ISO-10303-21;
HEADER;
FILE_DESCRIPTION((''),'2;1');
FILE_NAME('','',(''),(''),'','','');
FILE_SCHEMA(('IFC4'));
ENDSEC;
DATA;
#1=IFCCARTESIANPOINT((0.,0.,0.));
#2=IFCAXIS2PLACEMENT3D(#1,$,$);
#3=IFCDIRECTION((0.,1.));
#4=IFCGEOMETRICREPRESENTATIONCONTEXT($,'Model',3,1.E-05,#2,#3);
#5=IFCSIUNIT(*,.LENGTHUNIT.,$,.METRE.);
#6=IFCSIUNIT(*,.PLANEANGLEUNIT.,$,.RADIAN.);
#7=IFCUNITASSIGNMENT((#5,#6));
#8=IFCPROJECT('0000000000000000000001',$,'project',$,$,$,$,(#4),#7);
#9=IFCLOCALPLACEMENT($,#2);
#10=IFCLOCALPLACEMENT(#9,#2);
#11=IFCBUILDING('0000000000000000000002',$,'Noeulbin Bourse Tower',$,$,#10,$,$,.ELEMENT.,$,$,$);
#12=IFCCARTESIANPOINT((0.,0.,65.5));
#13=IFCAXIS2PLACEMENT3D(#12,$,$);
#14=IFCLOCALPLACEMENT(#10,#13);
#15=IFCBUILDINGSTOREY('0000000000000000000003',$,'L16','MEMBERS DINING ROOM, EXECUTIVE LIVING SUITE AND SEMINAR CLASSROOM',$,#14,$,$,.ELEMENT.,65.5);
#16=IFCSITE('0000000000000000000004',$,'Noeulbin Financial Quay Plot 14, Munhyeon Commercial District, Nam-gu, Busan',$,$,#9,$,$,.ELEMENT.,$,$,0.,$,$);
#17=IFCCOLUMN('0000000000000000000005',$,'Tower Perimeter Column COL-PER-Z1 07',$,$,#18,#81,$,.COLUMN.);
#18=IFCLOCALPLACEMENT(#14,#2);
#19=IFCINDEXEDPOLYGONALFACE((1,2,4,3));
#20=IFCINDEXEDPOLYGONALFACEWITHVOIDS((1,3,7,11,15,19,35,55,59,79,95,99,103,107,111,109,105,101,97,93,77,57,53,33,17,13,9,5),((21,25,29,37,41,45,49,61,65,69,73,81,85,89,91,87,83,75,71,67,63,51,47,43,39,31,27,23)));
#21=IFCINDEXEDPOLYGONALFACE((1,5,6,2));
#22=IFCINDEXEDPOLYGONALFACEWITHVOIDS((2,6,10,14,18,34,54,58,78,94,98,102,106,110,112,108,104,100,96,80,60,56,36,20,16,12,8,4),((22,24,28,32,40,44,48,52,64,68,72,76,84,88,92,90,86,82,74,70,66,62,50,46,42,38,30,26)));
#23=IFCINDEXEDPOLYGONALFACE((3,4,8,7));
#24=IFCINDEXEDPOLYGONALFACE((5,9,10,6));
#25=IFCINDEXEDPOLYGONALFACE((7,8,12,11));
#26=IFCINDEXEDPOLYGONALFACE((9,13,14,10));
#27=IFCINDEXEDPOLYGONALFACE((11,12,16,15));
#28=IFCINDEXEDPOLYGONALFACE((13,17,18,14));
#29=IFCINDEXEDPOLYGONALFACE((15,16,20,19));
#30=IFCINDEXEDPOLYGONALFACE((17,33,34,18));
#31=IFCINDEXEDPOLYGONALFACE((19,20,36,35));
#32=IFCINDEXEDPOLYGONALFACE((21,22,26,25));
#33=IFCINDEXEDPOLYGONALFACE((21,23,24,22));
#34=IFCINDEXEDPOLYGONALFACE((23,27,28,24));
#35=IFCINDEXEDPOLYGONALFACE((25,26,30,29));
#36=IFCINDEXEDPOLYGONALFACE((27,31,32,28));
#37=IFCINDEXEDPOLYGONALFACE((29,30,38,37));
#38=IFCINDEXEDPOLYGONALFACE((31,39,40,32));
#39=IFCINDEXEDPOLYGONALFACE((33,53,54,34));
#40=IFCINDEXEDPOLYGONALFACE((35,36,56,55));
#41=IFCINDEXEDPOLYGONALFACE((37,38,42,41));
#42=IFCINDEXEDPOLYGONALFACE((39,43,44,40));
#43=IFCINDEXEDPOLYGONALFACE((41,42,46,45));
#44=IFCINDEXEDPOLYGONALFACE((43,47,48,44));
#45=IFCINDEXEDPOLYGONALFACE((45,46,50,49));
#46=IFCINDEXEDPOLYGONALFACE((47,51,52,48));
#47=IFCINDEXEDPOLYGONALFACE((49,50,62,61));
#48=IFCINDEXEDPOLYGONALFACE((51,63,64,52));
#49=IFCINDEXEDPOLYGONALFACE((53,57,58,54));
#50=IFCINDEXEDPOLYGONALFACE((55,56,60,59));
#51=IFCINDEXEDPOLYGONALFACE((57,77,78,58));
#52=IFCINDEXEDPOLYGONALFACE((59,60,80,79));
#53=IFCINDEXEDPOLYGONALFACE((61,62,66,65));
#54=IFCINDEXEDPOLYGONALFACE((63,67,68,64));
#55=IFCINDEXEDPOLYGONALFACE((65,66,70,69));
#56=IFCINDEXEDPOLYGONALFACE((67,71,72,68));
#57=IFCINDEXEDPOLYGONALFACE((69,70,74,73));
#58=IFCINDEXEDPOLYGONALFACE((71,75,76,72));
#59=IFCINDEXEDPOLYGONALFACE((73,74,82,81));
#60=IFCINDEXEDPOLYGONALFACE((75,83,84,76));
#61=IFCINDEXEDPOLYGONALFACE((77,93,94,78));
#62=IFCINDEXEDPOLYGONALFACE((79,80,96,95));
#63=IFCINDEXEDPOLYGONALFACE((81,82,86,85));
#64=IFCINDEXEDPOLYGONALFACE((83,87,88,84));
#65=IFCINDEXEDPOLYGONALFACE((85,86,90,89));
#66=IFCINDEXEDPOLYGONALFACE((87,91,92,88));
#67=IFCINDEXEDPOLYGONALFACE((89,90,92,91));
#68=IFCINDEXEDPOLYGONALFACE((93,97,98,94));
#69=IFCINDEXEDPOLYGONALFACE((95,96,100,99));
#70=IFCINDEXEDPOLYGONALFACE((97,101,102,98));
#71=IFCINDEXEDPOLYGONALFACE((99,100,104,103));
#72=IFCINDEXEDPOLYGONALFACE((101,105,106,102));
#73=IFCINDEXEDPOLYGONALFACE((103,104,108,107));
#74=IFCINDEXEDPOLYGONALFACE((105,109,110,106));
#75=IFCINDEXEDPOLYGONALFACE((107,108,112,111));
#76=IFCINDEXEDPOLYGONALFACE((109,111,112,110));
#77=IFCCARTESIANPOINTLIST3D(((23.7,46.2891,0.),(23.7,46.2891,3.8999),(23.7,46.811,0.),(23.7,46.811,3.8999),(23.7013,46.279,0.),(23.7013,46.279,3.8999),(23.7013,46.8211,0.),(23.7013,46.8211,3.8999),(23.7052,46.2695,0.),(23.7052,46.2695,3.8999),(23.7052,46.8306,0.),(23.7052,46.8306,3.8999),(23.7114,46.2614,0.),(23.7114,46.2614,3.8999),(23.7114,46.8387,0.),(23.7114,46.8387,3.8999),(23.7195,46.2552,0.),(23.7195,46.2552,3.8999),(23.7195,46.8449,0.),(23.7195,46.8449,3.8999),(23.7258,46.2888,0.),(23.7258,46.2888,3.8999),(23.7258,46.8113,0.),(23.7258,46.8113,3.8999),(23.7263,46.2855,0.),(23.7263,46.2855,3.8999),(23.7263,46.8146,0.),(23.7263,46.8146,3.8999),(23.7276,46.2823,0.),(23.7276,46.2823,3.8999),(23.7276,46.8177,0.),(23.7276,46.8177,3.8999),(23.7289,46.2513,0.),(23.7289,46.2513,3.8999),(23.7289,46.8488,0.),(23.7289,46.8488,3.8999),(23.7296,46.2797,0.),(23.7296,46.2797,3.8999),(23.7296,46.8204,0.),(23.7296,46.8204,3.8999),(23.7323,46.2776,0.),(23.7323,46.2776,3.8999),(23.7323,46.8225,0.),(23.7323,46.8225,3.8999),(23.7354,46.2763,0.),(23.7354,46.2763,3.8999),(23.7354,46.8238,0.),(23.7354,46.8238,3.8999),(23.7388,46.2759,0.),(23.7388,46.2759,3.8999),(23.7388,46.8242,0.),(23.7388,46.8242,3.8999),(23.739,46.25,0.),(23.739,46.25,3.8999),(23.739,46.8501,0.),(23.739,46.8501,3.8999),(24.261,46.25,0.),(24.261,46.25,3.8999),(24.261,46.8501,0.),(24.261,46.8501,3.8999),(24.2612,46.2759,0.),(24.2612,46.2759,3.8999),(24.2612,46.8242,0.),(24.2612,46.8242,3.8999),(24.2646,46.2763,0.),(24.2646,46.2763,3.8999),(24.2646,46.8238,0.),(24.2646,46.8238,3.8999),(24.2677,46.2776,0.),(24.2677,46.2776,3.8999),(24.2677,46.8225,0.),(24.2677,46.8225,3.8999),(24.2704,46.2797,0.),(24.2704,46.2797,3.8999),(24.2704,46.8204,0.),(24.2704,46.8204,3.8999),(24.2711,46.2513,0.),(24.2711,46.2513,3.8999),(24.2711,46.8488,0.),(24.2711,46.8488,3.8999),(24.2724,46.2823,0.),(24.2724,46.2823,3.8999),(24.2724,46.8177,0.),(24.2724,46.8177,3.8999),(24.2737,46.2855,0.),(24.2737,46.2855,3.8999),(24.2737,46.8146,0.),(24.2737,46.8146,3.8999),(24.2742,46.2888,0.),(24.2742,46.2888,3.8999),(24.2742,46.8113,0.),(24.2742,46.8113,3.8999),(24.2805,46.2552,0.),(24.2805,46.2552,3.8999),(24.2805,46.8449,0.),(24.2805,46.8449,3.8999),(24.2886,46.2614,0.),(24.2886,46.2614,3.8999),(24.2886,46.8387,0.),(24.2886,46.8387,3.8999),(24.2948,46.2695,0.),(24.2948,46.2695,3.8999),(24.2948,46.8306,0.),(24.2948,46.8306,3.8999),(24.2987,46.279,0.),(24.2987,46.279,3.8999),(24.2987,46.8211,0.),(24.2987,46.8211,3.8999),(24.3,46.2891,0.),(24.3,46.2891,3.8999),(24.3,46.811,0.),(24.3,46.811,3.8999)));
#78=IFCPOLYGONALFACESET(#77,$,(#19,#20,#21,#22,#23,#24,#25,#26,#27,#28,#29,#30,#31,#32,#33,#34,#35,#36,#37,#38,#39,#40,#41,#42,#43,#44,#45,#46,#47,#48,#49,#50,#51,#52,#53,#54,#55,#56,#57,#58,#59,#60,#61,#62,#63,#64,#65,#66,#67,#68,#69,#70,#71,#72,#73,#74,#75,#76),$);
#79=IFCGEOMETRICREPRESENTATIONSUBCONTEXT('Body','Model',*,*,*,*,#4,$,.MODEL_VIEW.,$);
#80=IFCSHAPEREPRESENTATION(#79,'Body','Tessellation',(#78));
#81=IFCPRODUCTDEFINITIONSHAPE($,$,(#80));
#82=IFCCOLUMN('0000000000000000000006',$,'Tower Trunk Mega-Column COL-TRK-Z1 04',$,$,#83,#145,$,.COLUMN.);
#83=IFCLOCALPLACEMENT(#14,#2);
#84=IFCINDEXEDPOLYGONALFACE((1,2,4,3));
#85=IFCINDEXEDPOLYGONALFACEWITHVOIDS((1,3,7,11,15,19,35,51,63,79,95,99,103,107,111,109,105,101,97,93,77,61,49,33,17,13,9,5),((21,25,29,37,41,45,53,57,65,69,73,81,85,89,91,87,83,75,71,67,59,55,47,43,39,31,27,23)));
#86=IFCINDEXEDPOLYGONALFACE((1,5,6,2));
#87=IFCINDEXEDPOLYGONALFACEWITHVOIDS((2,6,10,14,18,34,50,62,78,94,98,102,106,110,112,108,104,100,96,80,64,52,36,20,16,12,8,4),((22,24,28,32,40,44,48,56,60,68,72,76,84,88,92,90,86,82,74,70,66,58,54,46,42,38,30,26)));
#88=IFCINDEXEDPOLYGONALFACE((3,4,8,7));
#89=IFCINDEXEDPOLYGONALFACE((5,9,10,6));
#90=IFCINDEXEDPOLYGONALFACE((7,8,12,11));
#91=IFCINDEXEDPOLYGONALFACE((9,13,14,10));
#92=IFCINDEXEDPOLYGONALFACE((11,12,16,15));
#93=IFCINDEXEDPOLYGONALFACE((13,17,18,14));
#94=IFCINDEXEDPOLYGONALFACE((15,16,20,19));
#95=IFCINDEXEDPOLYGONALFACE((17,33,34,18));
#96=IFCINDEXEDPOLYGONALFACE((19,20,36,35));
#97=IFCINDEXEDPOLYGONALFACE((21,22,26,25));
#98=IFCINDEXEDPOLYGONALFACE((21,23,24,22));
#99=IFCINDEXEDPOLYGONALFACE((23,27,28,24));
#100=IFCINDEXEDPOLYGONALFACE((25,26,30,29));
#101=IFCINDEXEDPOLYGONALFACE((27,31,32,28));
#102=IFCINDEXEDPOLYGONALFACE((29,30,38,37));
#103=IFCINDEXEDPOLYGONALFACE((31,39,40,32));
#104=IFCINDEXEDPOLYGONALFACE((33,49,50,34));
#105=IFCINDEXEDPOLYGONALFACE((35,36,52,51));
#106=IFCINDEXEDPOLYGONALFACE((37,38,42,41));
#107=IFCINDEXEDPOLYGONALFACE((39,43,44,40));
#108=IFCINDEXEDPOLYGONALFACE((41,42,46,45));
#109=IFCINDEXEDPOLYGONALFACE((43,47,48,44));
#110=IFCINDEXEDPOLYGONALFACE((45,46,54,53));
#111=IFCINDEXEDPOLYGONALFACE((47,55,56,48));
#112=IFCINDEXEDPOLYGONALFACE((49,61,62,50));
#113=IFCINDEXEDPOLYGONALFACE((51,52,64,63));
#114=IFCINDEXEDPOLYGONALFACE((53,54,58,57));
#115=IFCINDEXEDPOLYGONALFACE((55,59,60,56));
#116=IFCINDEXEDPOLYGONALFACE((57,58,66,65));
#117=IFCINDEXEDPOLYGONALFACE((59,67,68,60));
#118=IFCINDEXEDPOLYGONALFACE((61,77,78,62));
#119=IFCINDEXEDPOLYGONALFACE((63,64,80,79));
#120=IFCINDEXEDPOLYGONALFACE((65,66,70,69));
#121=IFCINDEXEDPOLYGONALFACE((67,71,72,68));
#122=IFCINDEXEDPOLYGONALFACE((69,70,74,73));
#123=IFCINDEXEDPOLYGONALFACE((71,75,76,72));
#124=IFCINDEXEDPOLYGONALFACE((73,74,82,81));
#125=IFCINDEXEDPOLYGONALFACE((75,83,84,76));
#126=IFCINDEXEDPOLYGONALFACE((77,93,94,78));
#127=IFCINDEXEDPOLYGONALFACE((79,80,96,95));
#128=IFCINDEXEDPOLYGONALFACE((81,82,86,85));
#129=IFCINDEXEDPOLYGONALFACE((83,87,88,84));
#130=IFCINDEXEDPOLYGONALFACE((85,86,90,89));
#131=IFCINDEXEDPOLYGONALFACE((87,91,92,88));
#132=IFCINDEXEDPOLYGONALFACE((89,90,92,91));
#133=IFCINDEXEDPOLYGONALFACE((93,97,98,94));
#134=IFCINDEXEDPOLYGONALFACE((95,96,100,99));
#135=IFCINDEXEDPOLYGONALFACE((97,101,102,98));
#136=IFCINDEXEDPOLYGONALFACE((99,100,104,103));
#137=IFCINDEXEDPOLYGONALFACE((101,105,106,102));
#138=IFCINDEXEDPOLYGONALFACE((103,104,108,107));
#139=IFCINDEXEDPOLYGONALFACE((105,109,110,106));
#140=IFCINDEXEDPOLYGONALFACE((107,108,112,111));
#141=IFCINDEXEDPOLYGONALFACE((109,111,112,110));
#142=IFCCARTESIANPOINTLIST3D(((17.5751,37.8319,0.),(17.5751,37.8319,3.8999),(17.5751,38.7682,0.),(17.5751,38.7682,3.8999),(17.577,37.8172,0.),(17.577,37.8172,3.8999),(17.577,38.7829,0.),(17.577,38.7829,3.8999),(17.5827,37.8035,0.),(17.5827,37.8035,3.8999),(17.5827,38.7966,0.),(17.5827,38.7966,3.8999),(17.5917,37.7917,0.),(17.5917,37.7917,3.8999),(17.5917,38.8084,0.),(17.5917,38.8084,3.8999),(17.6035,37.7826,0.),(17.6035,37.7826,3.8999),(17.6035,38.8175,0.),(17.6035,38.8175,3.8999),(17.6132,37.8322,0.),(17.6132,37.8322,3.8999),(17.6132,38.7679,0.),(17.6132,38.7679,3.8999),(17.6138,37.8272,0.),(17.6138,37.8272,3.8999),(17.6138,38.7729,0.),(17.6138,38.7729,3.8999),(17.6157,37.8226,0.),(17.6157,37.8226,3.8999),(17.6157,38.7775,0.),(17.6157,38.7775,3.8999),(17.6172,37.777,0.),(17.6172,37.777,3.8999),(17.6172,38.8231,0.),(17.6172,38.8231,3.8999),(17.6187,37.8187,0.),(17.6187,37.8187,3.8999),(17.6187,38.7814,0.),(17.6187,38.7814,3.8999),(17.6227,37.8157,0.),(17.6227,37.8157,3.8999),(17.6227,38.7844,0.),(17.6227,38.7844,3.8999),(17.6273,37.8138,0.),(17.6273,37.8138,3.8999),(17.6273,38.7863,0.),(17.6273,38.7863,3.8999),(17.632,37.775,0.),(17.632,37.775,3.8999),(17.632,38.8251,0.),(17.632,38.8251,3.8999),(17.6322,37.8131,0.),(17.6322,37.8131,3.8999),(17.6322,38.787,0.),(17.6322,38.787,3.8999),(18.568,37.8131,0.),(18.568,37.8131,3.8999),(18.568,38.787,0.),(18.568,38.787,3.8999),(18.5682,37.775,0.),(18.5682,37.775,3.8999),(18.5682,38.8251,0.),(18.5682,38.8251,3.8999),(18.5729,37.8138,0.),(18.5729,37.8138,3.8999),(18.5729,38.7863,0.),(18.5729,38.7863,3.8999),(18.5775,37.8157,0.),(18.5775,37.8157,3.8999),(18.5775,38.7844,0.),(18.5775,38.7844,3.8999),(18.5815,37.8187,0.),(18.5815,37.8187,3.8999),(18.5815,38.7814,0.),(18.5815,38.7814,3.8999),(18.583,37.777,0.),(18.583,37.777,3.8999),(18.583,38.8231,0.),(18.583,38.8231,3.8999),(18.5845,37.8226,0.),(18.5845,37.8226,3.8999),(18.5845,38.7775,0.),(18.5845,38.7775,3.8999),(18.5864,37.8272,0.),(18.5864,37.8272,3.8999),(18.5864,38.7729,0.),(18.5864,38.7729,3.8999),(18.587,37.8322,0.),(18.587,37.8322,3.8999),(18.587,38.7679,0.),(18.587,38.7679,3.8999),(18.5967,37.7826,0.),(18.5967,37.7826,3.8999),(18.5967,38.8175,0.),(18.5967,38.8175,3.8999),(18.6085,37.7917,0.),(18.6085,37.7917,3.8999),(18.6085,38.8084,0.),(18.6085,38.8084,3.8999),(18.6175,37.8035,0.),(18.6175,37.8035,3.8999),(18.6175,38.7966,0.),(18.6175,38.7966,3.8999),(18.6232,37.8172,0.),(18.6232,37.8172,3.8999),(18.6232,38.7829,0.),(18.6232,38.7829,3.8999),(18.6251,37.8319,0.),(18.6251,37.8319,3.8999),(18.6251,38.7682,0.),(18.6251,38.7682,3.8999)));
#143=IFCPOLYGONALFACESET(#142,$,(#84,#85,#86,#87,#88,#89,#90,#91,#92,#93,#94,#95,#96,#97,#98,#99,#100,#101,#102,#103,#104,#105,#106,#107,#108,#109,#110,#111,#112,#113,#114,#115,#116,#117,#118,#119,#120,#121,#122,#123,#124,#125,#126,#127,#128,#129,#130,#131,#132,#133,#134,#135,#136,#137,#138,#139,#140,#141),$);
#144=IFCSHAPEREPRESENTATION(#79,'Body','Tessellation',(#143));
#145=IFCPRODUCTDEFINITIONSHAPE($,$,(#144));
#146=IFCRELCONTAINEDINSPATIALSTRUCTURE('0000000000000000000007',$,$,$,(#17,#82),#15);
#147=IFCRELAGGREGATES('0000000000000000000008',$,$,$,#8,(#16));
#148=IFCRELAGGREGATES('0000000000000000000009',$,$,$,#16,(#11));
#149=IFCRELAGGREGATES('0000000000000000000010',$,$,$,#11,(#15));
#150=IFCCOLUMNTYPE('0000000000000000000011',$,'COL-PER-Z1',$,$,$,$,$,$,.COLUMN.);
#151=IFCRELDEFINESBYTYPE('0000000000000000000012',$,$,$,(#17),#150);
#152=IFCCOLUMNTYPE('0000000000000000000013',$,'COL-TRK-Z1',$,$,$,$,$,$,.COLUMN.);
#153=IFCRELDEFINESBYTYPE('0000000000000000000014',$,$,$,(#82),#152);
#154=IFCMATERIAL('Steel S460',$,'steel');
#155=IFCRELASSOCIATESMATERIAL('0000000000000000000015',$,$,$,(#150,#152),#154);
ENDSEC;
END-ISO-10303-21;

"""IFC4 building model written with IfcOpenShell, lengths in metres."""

from ifc_helpers import new_model, si_unit, direction, frame, origin, origin_2d, place, context, subcontext, project, spatial, hollow_rectangle, extrude, material, material_profile, profile_set, type_object, element, save


model = new_model("IFC4")

# Units and contexts
model_context = context("Model", 3, precision=1e-05, world=origin(), true_north=direction((0.0, 1.0)))
body_context = subcontext(model_context, "Body", "Model", "MODEL_VIEW")
ifc_project = project(units=[si_unit("LENGTHUNIT", "METRE"), si_unit("PLANEANGLEUNIT", "RADIAN")], contexts=[model_context])

# Site, building, storey
site_placement = place(None, origin())
site = spatial("IfcSite", under=ifc_project, at=site_placement, Name="Noeulbin Financial Quay Plot 14, Munhyeon Commercial District, Nam-gu, Busan", CompositionType="ELEMENT", RefElevation=0.0)
building_placement = place(site_placement, origin())
building = spatial("IfcBuilding", under=site, at=building_placement, Name="Noeulbin Bourse Tower", CompositionType="ELEMENT")
storey_placement = place(building_placement, frame((0.0, 0.0, 65.5)))
storey = spatial("IfcBuildingStorey", under=building, at=storey_placement, Name="L16", Description="MEMBERS DINING ROOM, EXECUTIVE LIVING SUITE AND SEMINAR CLASSROOM", CompositionType="ELEMENT", Elevation=65.5)

# Columns
ifc_material_1 = material(Name="Steel S460", Category="steel")
ifc_material_profile_1 = material_profile(ifc_material_1, hollow_rectangle(XDim=0.6001, YDim=0.6001, WallThickness=0.0259, InnerFilletRadius=0.0129, OuterFilletRadius=0.0391, at=origin_2d()), Name="BOX-600x600x26", Category="LoadBearing")
ifc_profile_set_1 = profile_set([ifc_material_profile_1], Name="Steel S460")
column_type_1 = type_object("IfcColumnType", Name="COL-PER-Z1", PredefinedType="COLUMN", material=ifc_profile_set_1)
column_placement = place(storey_placement, frame((24.0, 46.55, 0.0), z_axis=(0.0, 0.0, 1.0), x_axis=(1.0, 0.0, 0.0)))
element("IfcColumn", 1, at=column_placement, inside=storey, type_object=column_type_1, Name="Tower Perimeter Column COL-PER-Z1 07", PredefinedType="COLUMN", context=body_context, shape_type="SweptSolid", body=[
    extrude(hollow_rectangle(XDim=0.6001, YDim=0.6001, WallThickness=0.0259, InnerFilletRadius=0.0129, OuterFilletRadius=0.0391, at=origin_2d()), origin(), (0.0, 0.0, 1.0), 3.8999),
])
ifc_material_profile_2 = material_profile(ifc_material_1, hollow_rectangle(XDim=1.05, YDim=1.05, WallThickness=0.0381, InnerFilletRadius=0.019, OuterFilletRadius=0.0569, at=origin_2d()), Name="BOX-1050x1050x38", Category="LoadBearing")
ifc_profile_set_2 = profile_set([ifc_material_profile_2], Name="Steel S460")
column_type_2 = type_object("IfcColumnType", Name="COL-TRK-Z1", PredefinedType="COLUMN", material=ifc_profile_set_2)
for number, where, z_axis, x_axis, name in (
    (2, (18.1001, 38.3, 0.0), (0.0, 0.0, 1.0), (1.0, 0.0, 0.0), "Tower Trunk Mega-Column COL-TRK-Z1 04"),
):
    element("IfcColumn", number, at=place(storey_placement, frame(where, z_axis=z_axis, x_axis=x_axis)), inside=storey, type_object=column_type_2, Name=name, PredefinedType="COLUMN", context=body_context, shape_type="SweptSolid", body=[
        extrude(hollow_rectangle(XDim=1.05, YDim=1.05, WallThickness=0.0381, InnerFilletRadius=0.019, OuterFilletRadius=0.0569, at=origin_2d()), origin(), (0.0, 0.0, 1.0), 3.8999),
    ])

save(model, "model.ifc")
